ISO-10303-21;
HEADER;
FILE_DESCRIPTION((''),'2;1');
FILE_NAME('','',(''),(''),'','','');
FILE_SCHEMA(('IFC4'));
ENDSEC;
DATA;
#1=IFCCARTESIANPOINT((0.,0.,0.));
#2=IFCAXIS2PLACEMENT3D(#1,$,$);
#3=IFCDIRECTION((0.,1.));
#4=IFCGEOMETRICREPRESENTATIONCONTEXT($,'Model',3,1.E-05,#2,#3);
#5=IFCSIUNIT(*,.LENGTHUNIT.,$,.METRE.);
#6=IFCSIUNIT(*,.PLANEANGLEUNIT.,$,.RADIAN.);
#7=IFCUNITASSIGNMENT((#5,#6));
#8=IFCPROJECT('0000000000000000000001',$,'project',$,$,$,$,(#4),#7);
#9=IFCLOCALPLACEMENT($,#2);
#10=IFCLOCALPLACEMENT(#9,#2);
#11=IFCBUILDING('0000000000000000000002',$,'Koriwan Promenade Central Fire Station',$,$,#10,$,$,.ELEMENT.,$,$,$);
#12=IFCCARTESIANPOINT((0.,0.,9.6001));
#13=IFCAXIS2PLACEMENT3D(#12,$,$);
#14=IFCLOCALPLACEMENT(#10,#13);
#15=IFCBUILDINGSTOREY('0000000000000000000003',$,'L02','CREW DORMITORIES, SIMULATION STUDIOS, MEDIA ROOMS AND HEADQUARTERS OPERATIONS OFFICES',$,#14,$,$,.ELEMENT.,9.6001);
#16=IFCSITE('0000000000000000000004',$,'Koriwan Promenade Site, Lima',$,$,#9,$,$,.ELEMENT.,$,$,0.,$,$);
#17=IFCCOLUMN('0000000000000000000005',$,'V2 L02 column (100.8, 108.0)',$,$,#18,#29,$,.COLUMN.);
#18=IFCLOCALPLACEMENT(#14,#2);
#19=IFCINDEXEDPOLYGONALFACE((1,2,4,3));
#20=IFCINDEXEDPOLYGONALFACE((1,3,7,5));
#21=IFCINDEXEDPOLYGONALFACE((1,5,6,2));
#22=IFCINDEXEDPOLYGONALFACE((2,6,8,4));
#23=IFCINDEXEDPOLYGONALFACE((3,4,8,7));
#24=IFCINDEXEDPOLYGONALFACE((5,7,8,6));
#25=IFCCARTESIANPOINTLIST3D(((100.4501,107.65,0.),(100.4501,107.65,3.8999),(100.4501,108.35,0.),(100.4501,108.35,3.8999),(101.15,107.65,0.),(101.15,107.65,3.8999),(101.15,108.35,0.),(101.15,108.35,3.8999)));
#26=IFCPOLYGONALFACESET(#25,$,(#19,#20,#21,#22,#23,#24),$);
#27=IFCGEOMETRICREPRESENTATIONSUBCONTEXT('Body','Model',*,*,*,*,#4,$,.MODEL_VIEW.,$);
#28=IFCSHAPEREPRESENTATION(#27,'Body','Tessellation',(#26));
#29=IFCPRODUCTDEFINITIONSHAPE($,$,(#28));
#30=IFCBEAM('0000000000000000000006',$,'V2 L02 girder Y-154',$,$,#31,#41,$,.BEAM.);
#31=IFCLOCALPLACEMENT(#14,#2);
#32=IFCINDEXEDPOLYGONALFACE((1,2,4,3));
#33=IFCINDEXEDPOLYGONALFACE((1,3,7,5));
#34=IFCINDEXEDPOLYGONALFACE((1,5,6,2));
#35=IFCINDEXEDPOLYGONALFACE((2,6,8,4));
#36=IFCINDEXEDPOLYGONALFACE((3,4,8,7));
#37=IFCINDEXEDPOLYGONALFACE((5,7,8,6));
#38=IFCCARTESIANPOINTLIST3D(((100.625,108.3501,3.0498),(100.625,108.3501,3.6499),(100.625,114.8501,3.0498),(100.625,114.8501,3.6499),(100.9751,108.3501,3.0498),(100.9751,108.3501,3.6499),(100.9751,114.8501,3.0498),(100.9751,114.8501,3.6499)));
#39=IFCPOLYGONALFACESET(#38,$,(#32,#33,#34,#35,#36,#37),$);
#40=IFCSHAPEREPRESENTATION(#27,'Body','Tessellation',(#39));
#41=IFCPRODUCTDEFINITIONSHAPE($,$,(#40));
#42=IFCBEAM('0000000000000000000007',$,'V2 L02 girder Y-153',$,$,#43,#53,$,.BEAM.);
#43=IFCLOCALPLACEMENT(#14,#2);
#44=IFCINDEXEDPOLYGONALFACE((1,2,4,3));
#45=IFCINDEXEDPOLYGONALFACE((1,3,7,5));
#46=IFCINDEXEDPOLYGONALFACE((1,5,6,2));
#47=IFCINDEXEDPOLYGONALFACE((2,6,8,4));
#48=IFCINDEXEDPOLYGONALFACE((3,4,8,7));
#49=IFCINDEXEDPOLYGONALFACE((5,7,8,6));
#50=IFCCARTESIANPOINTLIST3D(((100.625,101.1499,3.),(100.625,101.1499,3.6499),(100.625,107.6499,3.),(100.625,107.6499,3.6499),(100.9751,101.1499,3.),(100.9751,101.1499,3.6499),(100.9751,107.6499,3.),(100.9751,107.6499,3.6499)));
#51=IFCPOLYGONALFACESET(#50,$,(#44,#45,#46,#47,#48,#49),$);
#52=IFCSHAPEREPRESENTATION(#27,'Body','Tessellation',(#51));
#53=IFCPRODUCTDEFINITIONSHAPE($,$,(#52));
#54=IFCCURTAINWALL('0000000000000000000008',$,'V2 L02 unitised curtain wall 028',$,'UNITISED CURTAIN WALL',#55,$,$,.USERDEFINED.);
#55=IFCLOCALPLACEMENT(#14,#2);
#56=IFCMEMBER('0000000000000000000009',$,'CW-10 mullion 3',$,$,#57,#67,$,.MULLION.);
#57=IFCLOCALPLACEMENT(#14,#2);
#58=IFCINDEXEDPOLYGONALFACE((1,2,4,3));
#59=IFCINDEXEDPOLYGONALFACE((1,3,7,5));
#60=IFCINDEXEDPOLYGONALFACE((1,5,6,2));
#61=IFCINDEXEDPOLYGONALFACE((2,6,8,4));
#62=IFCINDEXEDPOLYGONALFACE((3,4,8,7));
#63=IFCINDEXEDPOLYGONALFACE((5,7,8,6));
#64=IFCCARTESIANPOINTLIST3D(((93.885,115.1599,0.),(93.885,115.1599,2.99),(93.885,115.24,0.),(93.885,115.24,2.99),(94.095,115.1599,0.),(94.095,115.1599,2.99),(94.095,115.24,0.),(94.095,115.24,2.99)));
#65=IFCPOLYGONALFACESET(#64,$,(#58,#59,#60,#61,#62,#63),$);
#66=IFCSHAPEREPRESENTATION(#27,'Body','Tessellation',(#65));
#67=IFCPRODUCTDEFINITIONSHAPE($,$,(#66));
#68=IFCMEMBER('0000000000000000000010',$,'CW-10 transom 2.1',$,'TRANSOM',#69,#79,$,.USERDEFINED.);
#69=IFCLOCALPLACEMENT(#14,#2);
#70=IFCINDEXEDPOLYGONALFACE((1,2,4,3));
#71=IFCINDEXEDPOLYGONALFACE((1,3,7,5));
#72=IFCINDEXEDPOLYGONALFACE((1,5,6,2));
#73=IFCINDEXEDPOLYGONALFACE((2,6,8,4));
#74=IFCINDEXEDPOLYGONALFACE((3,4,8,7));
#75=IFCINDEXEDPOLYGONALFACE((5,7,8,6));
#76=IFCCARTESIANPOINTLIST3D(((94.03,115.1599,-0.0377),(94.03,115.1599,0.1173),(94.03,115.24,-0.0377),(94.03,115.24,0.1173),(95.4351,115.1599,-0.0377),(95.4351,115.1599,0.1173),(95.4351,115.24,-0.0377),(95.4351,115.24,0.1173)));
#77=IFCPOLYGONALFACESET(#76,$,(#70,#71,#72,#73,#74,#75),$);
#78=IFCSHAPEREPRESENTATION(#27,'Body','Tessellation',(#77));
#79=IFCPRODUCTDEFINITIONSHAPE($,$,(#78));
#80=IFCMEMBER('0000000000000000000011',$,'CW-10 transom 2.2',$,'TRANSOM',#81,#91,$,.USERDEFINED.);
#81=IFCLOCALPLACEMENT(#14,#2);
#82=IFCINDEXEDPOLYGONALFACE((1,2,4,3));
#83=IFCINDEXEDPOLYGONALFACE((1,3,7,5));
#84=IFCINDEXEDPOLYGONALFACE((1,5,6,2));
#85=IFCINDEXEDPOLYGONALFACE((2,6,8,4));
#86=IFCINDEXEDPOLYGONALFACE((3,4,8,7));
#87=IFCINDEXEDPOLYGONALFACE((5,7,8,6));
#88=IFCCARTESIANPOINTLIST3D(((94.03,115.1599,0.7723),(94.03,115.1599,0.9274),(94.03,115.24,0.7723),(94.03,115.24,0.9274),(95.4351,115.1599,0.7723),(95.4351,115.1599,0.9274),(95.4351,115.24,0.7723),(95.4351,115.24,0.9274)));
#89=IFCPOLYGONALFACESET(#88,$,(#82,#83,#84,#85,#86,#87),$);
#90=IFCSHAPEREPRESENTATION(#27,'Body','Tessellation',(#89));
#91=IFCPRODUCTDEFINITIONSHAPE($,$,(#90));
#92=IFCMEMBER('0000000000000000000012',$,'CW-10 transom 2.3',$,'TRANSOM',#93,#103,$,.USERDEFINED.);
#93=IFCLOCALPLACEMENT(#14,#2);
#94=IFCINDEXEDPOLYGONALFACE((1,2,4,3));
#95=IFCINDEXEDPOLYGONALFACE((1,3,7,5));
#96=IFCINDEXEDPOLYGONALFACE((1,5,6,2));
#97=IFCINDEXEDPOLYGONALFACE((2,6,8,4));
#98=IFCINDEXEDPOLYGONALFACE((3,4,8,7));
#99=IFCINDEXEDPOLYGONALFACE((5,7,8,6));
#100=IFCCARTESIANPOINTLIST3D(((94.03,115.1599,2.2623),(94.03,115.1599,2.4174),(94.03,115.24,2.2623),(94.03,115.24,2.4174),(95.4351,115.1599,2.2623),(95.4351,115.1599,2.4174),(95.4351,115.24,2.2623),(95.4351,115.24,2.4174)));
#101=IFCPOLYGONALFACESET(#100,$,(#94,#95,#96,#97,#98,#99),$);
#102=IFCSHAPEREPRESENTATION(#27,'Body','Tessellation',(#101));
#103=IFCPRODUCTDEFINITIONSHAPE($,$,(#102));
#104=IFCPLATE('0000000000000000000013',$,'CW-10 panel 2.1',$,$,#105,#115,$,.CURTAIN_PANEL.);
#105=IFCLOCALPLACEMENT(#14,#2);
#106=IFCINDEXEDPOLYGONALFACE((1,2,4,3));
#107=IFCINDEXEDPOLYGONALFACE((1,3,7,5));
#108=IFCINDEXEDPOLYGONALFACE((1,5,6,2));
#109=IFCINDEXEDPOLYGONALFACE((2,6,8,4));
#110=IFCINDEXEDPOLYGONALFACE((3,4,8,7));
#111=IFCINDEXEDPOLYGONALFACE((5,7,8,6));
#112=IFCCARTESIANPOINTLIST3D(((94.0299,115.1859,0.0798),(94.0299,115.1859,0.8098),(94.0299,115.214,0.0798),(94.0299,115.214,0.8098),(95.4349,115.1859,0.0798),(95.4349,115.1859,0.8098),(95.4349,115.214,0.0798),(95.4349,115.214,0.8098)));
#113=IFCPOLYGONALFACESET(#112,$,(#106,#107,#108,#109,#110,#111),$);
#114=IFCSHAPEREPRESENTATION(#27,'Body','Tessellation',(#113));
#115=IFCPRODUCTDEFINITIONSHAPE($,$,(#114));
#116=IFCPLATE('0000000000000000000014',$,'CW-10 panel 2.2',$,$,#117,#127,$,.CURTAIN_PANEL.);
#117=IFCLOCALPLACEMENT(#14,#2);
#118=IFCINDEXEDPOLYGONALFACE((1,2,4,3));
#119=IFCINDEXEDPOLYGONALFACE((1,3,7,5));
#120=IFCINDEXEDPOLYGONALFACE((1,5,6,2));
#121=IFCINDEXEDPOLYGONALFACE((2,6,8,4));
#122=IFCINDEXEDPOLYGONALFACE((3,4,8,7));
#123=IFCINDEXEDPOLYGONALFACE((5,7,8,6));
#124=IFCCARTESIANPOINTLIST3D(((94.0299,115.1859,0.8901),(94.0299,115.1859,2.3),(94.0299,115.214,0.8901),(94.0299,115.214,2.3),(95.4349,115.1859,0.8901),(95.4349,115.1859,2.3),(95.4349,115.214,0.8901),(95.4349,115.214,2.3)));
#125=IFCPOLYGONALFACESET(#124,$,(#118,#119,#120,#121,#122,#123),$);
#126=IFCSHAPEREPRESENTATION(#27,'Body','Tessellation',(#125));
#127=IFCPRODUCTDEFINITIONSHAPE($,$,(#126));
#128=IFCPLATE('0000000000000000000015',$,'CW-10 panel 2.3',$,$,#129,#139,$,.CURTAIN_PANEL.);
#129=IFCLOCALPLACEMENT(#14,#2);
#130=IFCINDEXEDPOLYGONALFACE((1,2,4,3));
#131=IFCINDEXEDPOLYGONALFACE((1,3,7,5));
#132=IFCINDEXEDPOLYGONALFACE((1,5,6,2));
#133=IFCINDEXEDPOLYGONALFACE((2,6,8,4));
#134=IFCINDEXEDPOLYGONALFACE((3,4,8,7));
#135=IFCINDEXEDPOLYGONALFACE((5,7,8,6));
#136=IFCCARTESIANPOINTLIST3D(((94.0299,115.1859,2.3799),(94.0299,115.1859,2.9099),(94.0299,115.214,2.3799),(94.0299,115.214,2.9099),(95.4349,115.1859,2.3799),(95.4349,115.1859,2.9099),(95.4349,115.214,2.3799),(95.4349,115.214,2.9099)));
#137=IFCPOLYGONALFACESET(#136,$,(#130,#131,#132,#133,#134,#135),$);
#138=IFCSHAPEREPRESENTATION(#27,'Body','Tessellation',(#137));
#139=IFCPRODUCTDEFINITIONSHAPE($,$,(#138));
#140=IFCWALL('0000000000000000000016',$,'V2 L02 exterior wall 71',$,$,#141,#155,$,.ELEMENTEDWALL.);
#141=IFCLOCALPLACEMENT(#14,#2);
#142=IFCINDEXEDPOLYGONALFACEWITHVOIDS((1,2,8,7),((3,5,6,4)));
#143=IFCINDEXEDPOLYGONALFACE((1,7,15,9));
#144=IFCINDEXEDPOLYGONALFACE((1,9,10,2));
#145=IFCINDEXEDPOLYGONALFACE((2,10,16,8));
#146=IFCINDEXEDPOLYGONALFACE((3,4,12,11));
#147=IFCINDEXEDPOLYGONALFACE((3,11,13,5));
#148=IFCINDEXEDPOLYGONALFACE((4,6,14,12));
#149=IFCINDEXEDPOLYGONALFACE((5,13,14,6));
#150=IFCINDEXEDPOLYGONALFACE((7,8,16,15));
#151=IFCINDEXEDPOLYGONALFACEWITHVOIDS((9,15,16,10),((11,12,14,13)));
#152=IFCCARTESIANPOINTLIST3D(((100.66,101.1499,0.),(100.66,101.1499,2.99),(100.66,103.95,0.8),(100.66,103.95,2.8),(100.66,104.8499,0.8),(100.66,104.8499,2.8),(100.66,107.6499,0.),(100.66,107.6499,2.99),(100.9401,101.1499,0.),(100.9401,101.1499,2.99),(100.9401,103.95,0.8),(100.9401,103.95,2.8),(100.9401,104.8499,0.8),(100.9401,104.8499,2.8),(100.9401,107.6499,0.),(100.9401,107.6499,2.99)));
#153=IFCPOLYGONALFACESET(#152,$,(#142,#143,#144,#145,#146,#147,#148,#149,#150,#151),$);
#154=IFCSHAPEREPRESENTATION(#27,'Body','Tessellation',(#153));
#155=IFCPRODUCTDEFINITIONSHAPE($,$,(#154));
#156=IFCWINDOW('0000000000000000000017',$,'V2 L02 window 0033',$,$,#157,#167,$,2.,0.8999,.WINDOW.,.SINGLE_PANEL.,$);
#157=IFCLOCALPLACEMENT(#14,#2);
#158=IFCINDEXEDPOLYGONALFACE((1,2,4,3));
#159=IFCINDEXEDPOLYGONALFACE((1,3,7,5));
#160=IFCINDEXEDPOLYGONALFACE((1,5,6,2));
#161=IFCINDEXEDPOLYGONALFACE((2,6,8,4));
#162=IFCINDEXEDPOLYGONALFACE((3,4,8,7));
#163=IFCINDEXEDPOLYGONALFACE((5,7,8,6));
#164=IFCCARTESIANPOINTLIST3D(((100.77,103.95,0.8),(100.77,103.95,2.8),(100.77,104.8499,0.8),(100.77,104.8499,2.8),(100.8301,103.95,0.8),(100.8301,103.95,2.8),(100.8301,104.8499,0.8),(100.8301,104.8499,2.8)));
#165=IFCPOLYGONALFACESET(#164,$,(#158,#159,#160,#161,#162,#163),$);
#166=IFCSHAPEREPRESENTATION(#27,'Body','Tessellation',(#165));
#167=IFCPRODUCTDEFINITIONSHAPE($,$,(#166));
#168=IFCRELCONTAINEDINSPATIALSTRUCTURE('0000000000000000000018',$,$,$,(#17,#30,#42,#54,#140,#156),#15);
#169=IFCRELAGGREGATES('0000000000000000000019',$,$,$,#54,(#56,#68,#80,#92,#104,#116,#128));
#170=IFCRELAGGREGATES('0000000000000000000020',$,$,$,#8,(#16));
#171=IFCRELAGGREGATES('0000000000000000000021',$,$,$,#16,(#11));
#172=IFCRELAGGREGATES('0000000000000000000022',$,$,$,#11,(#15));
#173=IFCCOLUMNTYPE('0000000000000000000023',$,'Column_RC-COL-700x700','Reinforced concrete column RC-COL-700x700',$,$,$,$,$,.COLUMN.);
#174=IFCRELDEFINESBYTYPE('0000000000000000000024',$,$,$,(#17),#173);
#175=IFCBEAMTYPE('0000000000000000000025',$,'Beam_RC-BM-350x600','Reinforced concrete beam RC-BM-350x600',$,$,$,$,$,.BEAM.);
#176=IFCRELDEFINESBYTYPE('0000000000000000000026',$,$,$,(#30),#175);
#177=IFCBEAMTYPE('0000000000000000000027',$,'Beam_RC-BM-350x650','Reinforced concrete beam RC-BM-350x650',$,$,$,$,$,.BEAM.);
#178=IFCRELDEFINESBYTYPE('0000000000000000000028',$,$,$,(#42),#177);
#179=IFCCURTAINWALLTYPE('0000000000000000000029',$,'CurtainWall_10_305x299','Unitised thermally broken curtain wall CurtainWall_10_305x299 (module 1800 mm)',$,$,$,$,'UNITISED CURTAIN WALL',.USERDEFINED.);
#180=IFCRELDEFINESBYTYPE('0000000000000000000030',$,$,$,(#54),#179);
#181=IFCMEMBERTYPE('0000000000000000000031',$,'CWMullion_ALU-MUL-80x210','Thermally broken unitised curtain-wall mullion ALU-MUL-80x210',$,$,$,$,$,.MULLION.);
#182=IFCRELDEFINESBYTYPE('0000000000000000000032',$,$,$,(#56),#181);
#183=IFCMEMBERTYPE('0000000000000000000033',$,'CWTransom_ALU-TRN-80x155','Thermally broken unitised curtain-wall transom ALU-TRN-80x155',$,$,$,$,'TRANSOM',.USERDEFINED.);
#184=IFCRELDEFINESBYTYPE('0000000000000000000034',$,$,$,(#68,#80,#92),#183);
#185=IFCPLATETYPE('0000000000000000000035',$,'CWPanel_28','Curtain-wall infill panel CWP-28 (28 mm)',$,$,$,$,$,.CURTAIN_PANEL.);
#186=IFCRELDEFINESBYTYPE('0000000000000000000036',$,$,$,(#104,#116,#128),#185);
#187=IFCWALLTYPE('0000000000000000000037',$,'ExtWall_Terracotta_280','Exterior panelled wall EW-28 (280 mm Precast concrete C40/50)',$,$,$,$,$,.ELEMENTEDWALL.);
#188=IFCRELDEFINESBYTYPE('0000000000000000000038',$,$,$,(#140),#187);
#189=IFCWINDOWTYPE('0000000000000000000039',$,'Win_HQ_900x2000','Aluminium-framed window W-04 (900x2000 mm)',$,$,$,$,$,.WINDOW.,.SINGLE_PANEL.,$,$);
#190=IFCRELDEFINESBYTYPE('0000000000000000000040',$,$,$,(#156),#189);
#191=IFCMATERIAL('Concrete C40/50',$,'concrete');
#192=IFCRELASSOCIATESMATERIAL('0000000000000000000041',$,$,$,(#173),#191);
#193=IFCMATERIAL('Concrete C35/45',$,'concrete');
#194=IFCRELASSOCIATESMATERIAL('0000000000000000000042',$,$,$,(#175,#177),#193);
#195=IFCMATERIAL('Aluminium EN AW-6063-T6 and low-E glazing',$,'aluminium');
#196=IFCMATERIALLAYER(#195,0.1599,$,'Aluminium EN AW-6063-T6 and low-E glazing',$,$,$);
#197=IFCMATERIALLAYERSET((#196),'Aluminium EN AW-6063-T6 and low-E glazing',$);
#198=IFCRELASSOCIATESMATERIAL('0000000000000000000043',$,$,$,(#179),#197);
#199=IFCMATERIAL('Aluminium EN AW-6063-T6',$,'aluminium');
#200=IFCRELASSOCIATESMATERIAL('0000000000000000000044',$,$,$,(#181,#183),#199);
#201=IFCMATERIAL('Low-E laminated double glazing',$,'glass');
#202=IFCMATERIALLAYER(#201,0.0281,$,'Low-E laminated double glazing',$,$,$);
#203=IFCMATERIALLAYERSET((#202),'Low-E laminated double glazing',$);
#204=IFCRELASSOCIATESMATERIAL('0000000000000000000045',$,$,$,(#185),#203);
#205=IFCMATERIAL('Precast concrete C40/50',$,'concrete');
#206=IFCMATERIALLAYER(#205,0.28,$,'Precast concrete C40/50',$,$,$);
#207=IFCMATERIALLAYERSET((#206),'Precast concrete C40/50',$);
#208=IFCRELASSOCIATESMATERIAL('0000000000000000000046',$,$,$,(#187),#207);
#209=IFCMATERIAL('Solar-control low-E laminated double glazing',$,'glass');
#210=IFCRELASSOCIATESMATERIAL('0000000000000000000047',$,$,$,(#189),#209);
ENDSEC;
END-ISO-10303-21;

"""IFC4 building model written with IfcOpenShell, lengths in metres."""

from ifc_helpers import new_model, si_unit, direction, frame, frame_2d, origin, origin_2d, place, context, subcontext, project, spatial, rectangle, extrude, material, layer, layer_set, material_profile, profile_set, type_object, element, fill, aggregate, save


model = new_model("IFC4")

# Units and contexts
model_context = context("Model", 3, precision=1e-05, world=origin(), true_north=direction((0.0, 1.0)))
body_context = subcontext(model_context, "Body", "Model", "MODEL_VIEW")
ifc_project = project(units=[si_unit("LENGTHUNIT", "METRE"), si_unit("PLANEANGLEUNIT", "RADIAN")], contexts=[model_context])

# Site, building, storey
site_placement = place(None, origin())
site = spatial("IfcSite", under=ifc_project, at=site_placement, Name="Koriwan Promenade Site, Lima", CompositionType="ELEMENT", RefElevation=0.0)
building_placement = place(site_placement, origin())
building = spatial("IfcBuilding", under=site, at=building_placement, Name="Koriwan Promenade Central Fire Station", CompositionType="ELEMENT")
storey_placement = place(building_placement, frame((0.0, 0.0, 9.6001)))
storey = spatial("IfcBuildingStorey", under=building, at=storey_placement, Name="L02", Description="CREW DORMITORIES, SIMULATION STUDIOS, MEDIA ROOMS AND HEADQUARTERS OPERATIONS OFFICES", CompositionType="ELEMENT", Elevation=9.6001)

# Column
ifc_material_1 = material(Name="Concrete C40/50", Category="concrete")
ifc_material_profile_1 = material_profile(ifc_material_1, rectangle(XDim=0.7, YDim=0.7, at=origin_2d()), Name="RC-COL-700x700")
ifc_profile_set_1 = profile_set([ifc_material_profile_1], Name="Concrete C40/50")
column_type = type_object("IfcColumnType", Name="Column_RC-COL-700x700", Description="Reinforced concrete column RC-COL-700x700", PredefinedType="COLUMN", material=ifc_profile_set_1)
column_placement = place(storey_placement, frame((100.8, 108.0, 0.0), z_axis=(0.0, 0.0, 1.0), x_axis=(1.0, 0.0, 0.0)))
element("IfcColumn", 1, at=column_placement, inside=storey, type_object=column_type, Name="V2 L02 column (100.8, 108.0)", PredefinedType="COLUMN", context=body_context, shape_type="SweptSolid", body=[
    extrude(rectangle(XDim=0.7, YDim=0.7, at=origin_2d()), origin(), (0.0, 0.0, 1.0), 3.8999),
])

# Beams
ifc_material_2 = material(Name="Concrete C35/45", Category="concrete")
ifc_material_profile_2 = material_profile(ifc_material_2, rectangle(XDim=0.3501, YDim=0.6001, at=origin_2d()), Name="RC-BM-350x600")
ifc_profile_set_2 = profile_set([ifc_material_profile_2], Name="Concrete C35/45")
beam_type_1 = type_object("IfcBeamType", Name="Beam_RC-BM-350x600", Description="Reinforced concrete beam RC-BM-350x600", PredefinedType="BEAM", material=ifc_profile_set_2)
beam_1_placement = place(storey_placement, frame((100.8, 108.3501, 3.3499), z_axis=(0.0, 1.0, 0.0), x_axis=(-1.0, 0.0, 0.0)))
element("IfcBeam", 2, at=beam_1_placement, inside=storey, type_object=beam_type_1, Name="V2 L02 girder Y-154", PredefinedType="BEAM", context=body_context, shape_type="SweptSolid", body=[
    extrude(rectangle(XDim=0.3501, YDim=0.6001, at=origin_2d()), origin(), (0.0, 0.0, 1.0), 6.5),
])
ifc_material_profile_3 = material_profile(ifc_material_2, rectangle(XDim=0.3501, YDim=0.6499, at=origin_2d()), Name="RC-BM-350x650")
ifc_profile_set_3 = profile_set([ifc_material_profile_3], Name="Concrete C35/45")
beam_type_2 = type_object("IfcBeamType", Name="Beam_RC-BM-350x650", Description="Reinforced concrete beam RC-BM-350x650", PredefinedType="BEAM", material=ifc_profile_set_3)
beam_2_placement = place(storey_placement, frame((100.8, 101.1499, 3.325), z_axis=(0.0, 1.0, 0.0), x_axis=(-1.0, 0.0, 0.0)))
element("IfcBeam", 3, at=beam_2_placement, inside=storey, type_object=beam_type_2, Name="V2 L02 girder Y-153", PredefinedType="BEAM", context=body_context, shape_type="SweptSolid", body=[
    extrude(rectangle(XDim=0.3501, YDim=0.6499, at=origin_2d()), origin(), (0.0, 0.0, 1.0), 6.5),
])

# Curtain wall, members, plates
ifc_material_3 = material(Name="Aluminium EN AW-6063-T6 and low-E glazing", Category="aluminium")
ifc_layer_1 = layer(ifc_material_3, 0.1599, Name="Aluminium EN AW-6063-T6 and low-E glazing")
ifc_layer_set_1 = layer_set([ifc_layer_1], Name="Aluminium EN AW-6063-T6 and low-E glazing")
curtain_wall_type = type_object("IfcCurtainWallType", Name="CurtainWall_10_305x299", Description="Unitised thermally broken curtain wall CurtainWall_10_305x299 (module 1800 mm)", ElementType="UNITISED CURTAIN WALL", PredefinedType="USERDEFINED", material=ifc_layer_set_1)
curtain_wall_placement = place(storey_placement, origin())
curtain_wall = element("IfcCurtainWall", 4, at=curtain_wall_placement, inside=storey, type_object=curtain_wall_type, Name="V2 L02 unitised curtain wall 028", ObjectType="UNITISED CURTAIN WALL", PredefinedType="USERDEFINED")
ifc_material_4 = material(Name="Aluminium EN AW-6063-T6", Category="aluminium")
ifc_material_profile_4 = material_profile(ifc_material_4, rectangle(XDim=0.0801, YDim=0.21, at=origin_2d()), Name="ALU-MUL-80x210")
ifc_profile_set_4 = profile_set([ifc_material_profile_4], Name="Aluminium EN AW-6063-T6")
member_type_1 = type_object("IfcMemberType", Name="CWMullion_ALU-MUL-80x210", Description="Thermally broken unitised curtain-wall mullion ALU-MUL-80x210", PredefinedType="MULLION", material=ifc_profile_set_4)
member_1_placement = place(storey_placement, frame((93.99, 115.2, 0.0), z_axis=(0.0, 0.0, 1.0), x_axis=(0.0, -1.0, 0.0)))
member_1 = element("IfcMember", 5, at=member_1_placement, type_object=member_type_1, Name="CW-10 mullion 3", PredefinedType="MULLION", context=body_context, shape_type="SweptSolid", body=[
    extrude(rectangle(XDim=0.0801, YDim=0.21, at=origin_2d()), origin(), (0.0, 0.0, 1.0), 2.99),
])
ifc_material_profile_5 = material_profile(ifc_material_4, rectangle(XDim=0.0801, YDim=0.155, at=origin_2d()), Name="ALU-TRN-80x155")
ifc_profile_set_5 = profile_set([ifc_material_profile_5], Name="Aluminium EN AW-6063-T6")
member_type_2 = type_object("IfcMemberType", Name="CWTransom_ALU-TRN-80x155", Description="Thermally broken unitised curtain-wall transom ALU-TRN-80x155", ElementType="TRANSOM", PredefinedType="USERDEFINED", material=ifc_profile_set_5)
member_2_placement = place(storey_placement, frame((95.4351, 115.2, 0.0398), z_axis=(-1.0, 0.0, 0.0), x_axis=(0.0, -1.0, 0.0)))
member_2 = element("IfcMember", 6, at=member_2_placement, type_object=member_type_2, Name="CW-10 transom 2.1", ObjectType="TRANSOM", PredefinedType="USERDEFINED", context=body_context, shape_type="SweptSolid", body=[
    extrude(rectangle(XDim=0.0801, YDim=0.155, at=origin_2d()), origin(), (0.0, 0.0, 1.0), 1.405),
])
member_3_placement = place(storey_placement, frame((95.4351, 115.2, 0.8499), z_axis=(-1.0, 0.0, 0.0), x_axis=(0.0, -1.0, 0.0)))
member_3 = element("IfcMember", 7, at=member_3_placement, type_object=member_type_2, Name="CW-10 transom 2.2", ObjectType="TRANSOM", PredefinedType="USERDEFINED", context=body_context, shape_type="SweptSolid", body=[
    extrude(rectangle(XDim=0.0801, YDim=0.155, at=origin_2d()), origin(), (0.0, 0.0, 1.0), 1.405),
])
member_4_placement = place(storey_placement, frame((95.4351, 115.2, 2.3398), z_axis=(-1.0, 0.0, 0.0), x_axis=(0.0, -1.0, 0.0)))
member_4 = element("IfcMember", 8, at=member_4_placement, type_object=member_type_2, Name="CW-10 transom 2.3", ObjectType="TRANSOM", PredefinedType="USERDEFINED", context=body_context, shape_type="SweptSolid", body=[
    extrude(rectangle(XDim=0.0801, YDim=0.155, at=origin_2d()), origin(), (0.0, 0.0, 1.0), 1.405),
])
ifc_material_5 = material(Name="Low-E laminated double glazing", Category="glass")
ifc_layer_2 = layer(ifc_material_5, 0.0281, Name="Low-E laminated double glazing")
ifc_layer_set_2 = layer_set([ifc_layer_2], Name="Low-E laminated double glazing")
plate_type = type_object("IfcPlateType", Name="CWPanel_28", Description="Curtain-wall infill panel CWP-28 (28 mm)", PredefinedType="CURTAIN_PANEL", material=ifc_layer_set_2)
plate_1_placement = place(storey_placement, frame((94.7324, 115.2, 0.0798), z_axis=(0.0, 0.0, 1.0), x_axis=(-1.0, 0.0, 0.0)))
plate_1 = element("IfcPlate", 9, at=plate_1_placement, type_object=plate_type, Name="CW-10 panel 2.1", PredefinedType="CURTAIN_PANEL", context=body_context, shape_type="SweptSolid", body=[
    extrude(rectangle(XDim=1.405, YDim=0.0281, at=origin_2d()), origin(), (0.0, 0.0, 1.0), 0.73),
])
plate_2_placement = place(storey_placement, frame((94.7324, 115.2, 0.8901), z_axis=(0.0, 0.0, 1.0), x_axis=(-1.0, 0.0, 0.0)))
plate_2 = element("IfcPlate", 10, at=plate_2_placement, type_object=plate_type, Name="CW-10 panel 2.2", PredefinedType="CURTAIN_PANEL", context=body_context, shape_type="SweptSolid", body=[
    extrude(rectangle(XDim=1.405, YDim=0.0281, at=origin_2d()), origin(), (0.0, 0.0, 1.0), 1.4099),
])
plate_3_placement = place(storey_placement, frame((94.7324, 115.2, 2.3799), z_axis=(0.0, 0.0, 1.0), x_axis=(-1.0, 0.0, 0.0)))
plate_3 = element("IfcPlate", 11, at=plate_3_placement, type_object=plate_type, Name="CW-10 panel 2.3", PredefinedType="CURTAIN_PANEL", context=body_context, shape_type="SweptSolid", body=[
    extrude(rectangle(XDim=1.405, YDim=0.0281, at=origin_2d()), origin(), (0.0, 0.0, 1.0), 0.53),
])
aggregate(curtain_wall, [member_1, member_2, member_3, member_4, plate_1, plate_2, plate_3])

# Wall, opening, window
ifc_material_6 = material(Name="Precast concrete C40/50", Category="concrete")
ifc_layer_3 = layer(ifc_material_6, 0.28, Name="Precast concrete C40/50")
ifc_layer_set_3 = layer_set([ifc_layer_3], Name="Precast concrete C40/50")
wall_type_1 = type_object("IfcWallType", Name="ExtWall_Terracotta_280", Description="Exterior panelled wall EW-28 (280 mm Precast concrete C40/50)", PredefinedType="ELEMENTEDWALL", material=ifc_layer_set_3)
wall_1_placement = place(storey_placement, frame((100.8, 101.1499, 0.0), z_axis=(0.0, 0.0, 1.0), x_axis=(0.0, 1.0, 0.0)))
wall_1 = element("IfcWall", 12, at=wall_1_placement, inside=storey, type_object=wall_type_1, Name="V2 L02 exterior wall 71", PredefinedType="ELEMENTEDWALL", context=body_context, shape_type="SweptSolid", body=[
    extrude(rectangle(XDim=6.5, YDim=0.28, at=frame_2d((3.25, 0.0))), origin(), (0.0, 0.0, 1.0), 2.99),
])
opening_1_placement = place(wall_1_placement, frame((2.8, 0.0, 0.8)))
opening_1 = element("IfcOpeningElement", 13, at=opening_1_placement, cuts=wall_1, PredefinedType="OPENING", context=body_context, shape_type="SweptSolid", body=[
    extrude(rectangle(XDim=0.8999, YDim=2.0, at=frame_2d((0.45, 1.0))), frame((0.0, 0.1519, 0.0), z_axis=(0.0, -1.0, 0.0), x_axis=(1.0, 0.0, 0.0)), (0.0, 0.0, 1.0), 0.304),
])
ifc_material_7 = material(Name="Solar-control low-E laminated double glazing", Category="glass")
window_type = type_object("IfcWindowType", Name="Win_HQ_900x2000", Description="Aluminium-framed window W-04 (900x2000 mm)", PartitioningType="SINGLE_PANEL", PredefinedType="WINDOW", material=ifc_material_7)
window_1_placement = place(opening_1_placement, origin())
window_1 = element("IfcWindow", 14, at=window_1_placement, inside=storey, type_object=window_type, Name="V2 L02 window 0033", OverallHeight=2.0, OverallWidth=0.8999, PartitioningType="SINGLE_PANEL", PredefinedType="WINDOW", context=body_context, shape_type="SweptSolid", body=[
    extrude(rectangle(XDim=0.8999, YDim=2.0, at=frame_2d((0.45, 1.0))), frame((0.0, 0.03, 0.0), z_axis=(0.0, -1.0, 0.0), x_axis=(1.0, 0.0, 0.0)), (0.0, 0.0, 1.0), 0.0601),
])
fill(opening_1, window_1)

save(model, "model.ifc")
